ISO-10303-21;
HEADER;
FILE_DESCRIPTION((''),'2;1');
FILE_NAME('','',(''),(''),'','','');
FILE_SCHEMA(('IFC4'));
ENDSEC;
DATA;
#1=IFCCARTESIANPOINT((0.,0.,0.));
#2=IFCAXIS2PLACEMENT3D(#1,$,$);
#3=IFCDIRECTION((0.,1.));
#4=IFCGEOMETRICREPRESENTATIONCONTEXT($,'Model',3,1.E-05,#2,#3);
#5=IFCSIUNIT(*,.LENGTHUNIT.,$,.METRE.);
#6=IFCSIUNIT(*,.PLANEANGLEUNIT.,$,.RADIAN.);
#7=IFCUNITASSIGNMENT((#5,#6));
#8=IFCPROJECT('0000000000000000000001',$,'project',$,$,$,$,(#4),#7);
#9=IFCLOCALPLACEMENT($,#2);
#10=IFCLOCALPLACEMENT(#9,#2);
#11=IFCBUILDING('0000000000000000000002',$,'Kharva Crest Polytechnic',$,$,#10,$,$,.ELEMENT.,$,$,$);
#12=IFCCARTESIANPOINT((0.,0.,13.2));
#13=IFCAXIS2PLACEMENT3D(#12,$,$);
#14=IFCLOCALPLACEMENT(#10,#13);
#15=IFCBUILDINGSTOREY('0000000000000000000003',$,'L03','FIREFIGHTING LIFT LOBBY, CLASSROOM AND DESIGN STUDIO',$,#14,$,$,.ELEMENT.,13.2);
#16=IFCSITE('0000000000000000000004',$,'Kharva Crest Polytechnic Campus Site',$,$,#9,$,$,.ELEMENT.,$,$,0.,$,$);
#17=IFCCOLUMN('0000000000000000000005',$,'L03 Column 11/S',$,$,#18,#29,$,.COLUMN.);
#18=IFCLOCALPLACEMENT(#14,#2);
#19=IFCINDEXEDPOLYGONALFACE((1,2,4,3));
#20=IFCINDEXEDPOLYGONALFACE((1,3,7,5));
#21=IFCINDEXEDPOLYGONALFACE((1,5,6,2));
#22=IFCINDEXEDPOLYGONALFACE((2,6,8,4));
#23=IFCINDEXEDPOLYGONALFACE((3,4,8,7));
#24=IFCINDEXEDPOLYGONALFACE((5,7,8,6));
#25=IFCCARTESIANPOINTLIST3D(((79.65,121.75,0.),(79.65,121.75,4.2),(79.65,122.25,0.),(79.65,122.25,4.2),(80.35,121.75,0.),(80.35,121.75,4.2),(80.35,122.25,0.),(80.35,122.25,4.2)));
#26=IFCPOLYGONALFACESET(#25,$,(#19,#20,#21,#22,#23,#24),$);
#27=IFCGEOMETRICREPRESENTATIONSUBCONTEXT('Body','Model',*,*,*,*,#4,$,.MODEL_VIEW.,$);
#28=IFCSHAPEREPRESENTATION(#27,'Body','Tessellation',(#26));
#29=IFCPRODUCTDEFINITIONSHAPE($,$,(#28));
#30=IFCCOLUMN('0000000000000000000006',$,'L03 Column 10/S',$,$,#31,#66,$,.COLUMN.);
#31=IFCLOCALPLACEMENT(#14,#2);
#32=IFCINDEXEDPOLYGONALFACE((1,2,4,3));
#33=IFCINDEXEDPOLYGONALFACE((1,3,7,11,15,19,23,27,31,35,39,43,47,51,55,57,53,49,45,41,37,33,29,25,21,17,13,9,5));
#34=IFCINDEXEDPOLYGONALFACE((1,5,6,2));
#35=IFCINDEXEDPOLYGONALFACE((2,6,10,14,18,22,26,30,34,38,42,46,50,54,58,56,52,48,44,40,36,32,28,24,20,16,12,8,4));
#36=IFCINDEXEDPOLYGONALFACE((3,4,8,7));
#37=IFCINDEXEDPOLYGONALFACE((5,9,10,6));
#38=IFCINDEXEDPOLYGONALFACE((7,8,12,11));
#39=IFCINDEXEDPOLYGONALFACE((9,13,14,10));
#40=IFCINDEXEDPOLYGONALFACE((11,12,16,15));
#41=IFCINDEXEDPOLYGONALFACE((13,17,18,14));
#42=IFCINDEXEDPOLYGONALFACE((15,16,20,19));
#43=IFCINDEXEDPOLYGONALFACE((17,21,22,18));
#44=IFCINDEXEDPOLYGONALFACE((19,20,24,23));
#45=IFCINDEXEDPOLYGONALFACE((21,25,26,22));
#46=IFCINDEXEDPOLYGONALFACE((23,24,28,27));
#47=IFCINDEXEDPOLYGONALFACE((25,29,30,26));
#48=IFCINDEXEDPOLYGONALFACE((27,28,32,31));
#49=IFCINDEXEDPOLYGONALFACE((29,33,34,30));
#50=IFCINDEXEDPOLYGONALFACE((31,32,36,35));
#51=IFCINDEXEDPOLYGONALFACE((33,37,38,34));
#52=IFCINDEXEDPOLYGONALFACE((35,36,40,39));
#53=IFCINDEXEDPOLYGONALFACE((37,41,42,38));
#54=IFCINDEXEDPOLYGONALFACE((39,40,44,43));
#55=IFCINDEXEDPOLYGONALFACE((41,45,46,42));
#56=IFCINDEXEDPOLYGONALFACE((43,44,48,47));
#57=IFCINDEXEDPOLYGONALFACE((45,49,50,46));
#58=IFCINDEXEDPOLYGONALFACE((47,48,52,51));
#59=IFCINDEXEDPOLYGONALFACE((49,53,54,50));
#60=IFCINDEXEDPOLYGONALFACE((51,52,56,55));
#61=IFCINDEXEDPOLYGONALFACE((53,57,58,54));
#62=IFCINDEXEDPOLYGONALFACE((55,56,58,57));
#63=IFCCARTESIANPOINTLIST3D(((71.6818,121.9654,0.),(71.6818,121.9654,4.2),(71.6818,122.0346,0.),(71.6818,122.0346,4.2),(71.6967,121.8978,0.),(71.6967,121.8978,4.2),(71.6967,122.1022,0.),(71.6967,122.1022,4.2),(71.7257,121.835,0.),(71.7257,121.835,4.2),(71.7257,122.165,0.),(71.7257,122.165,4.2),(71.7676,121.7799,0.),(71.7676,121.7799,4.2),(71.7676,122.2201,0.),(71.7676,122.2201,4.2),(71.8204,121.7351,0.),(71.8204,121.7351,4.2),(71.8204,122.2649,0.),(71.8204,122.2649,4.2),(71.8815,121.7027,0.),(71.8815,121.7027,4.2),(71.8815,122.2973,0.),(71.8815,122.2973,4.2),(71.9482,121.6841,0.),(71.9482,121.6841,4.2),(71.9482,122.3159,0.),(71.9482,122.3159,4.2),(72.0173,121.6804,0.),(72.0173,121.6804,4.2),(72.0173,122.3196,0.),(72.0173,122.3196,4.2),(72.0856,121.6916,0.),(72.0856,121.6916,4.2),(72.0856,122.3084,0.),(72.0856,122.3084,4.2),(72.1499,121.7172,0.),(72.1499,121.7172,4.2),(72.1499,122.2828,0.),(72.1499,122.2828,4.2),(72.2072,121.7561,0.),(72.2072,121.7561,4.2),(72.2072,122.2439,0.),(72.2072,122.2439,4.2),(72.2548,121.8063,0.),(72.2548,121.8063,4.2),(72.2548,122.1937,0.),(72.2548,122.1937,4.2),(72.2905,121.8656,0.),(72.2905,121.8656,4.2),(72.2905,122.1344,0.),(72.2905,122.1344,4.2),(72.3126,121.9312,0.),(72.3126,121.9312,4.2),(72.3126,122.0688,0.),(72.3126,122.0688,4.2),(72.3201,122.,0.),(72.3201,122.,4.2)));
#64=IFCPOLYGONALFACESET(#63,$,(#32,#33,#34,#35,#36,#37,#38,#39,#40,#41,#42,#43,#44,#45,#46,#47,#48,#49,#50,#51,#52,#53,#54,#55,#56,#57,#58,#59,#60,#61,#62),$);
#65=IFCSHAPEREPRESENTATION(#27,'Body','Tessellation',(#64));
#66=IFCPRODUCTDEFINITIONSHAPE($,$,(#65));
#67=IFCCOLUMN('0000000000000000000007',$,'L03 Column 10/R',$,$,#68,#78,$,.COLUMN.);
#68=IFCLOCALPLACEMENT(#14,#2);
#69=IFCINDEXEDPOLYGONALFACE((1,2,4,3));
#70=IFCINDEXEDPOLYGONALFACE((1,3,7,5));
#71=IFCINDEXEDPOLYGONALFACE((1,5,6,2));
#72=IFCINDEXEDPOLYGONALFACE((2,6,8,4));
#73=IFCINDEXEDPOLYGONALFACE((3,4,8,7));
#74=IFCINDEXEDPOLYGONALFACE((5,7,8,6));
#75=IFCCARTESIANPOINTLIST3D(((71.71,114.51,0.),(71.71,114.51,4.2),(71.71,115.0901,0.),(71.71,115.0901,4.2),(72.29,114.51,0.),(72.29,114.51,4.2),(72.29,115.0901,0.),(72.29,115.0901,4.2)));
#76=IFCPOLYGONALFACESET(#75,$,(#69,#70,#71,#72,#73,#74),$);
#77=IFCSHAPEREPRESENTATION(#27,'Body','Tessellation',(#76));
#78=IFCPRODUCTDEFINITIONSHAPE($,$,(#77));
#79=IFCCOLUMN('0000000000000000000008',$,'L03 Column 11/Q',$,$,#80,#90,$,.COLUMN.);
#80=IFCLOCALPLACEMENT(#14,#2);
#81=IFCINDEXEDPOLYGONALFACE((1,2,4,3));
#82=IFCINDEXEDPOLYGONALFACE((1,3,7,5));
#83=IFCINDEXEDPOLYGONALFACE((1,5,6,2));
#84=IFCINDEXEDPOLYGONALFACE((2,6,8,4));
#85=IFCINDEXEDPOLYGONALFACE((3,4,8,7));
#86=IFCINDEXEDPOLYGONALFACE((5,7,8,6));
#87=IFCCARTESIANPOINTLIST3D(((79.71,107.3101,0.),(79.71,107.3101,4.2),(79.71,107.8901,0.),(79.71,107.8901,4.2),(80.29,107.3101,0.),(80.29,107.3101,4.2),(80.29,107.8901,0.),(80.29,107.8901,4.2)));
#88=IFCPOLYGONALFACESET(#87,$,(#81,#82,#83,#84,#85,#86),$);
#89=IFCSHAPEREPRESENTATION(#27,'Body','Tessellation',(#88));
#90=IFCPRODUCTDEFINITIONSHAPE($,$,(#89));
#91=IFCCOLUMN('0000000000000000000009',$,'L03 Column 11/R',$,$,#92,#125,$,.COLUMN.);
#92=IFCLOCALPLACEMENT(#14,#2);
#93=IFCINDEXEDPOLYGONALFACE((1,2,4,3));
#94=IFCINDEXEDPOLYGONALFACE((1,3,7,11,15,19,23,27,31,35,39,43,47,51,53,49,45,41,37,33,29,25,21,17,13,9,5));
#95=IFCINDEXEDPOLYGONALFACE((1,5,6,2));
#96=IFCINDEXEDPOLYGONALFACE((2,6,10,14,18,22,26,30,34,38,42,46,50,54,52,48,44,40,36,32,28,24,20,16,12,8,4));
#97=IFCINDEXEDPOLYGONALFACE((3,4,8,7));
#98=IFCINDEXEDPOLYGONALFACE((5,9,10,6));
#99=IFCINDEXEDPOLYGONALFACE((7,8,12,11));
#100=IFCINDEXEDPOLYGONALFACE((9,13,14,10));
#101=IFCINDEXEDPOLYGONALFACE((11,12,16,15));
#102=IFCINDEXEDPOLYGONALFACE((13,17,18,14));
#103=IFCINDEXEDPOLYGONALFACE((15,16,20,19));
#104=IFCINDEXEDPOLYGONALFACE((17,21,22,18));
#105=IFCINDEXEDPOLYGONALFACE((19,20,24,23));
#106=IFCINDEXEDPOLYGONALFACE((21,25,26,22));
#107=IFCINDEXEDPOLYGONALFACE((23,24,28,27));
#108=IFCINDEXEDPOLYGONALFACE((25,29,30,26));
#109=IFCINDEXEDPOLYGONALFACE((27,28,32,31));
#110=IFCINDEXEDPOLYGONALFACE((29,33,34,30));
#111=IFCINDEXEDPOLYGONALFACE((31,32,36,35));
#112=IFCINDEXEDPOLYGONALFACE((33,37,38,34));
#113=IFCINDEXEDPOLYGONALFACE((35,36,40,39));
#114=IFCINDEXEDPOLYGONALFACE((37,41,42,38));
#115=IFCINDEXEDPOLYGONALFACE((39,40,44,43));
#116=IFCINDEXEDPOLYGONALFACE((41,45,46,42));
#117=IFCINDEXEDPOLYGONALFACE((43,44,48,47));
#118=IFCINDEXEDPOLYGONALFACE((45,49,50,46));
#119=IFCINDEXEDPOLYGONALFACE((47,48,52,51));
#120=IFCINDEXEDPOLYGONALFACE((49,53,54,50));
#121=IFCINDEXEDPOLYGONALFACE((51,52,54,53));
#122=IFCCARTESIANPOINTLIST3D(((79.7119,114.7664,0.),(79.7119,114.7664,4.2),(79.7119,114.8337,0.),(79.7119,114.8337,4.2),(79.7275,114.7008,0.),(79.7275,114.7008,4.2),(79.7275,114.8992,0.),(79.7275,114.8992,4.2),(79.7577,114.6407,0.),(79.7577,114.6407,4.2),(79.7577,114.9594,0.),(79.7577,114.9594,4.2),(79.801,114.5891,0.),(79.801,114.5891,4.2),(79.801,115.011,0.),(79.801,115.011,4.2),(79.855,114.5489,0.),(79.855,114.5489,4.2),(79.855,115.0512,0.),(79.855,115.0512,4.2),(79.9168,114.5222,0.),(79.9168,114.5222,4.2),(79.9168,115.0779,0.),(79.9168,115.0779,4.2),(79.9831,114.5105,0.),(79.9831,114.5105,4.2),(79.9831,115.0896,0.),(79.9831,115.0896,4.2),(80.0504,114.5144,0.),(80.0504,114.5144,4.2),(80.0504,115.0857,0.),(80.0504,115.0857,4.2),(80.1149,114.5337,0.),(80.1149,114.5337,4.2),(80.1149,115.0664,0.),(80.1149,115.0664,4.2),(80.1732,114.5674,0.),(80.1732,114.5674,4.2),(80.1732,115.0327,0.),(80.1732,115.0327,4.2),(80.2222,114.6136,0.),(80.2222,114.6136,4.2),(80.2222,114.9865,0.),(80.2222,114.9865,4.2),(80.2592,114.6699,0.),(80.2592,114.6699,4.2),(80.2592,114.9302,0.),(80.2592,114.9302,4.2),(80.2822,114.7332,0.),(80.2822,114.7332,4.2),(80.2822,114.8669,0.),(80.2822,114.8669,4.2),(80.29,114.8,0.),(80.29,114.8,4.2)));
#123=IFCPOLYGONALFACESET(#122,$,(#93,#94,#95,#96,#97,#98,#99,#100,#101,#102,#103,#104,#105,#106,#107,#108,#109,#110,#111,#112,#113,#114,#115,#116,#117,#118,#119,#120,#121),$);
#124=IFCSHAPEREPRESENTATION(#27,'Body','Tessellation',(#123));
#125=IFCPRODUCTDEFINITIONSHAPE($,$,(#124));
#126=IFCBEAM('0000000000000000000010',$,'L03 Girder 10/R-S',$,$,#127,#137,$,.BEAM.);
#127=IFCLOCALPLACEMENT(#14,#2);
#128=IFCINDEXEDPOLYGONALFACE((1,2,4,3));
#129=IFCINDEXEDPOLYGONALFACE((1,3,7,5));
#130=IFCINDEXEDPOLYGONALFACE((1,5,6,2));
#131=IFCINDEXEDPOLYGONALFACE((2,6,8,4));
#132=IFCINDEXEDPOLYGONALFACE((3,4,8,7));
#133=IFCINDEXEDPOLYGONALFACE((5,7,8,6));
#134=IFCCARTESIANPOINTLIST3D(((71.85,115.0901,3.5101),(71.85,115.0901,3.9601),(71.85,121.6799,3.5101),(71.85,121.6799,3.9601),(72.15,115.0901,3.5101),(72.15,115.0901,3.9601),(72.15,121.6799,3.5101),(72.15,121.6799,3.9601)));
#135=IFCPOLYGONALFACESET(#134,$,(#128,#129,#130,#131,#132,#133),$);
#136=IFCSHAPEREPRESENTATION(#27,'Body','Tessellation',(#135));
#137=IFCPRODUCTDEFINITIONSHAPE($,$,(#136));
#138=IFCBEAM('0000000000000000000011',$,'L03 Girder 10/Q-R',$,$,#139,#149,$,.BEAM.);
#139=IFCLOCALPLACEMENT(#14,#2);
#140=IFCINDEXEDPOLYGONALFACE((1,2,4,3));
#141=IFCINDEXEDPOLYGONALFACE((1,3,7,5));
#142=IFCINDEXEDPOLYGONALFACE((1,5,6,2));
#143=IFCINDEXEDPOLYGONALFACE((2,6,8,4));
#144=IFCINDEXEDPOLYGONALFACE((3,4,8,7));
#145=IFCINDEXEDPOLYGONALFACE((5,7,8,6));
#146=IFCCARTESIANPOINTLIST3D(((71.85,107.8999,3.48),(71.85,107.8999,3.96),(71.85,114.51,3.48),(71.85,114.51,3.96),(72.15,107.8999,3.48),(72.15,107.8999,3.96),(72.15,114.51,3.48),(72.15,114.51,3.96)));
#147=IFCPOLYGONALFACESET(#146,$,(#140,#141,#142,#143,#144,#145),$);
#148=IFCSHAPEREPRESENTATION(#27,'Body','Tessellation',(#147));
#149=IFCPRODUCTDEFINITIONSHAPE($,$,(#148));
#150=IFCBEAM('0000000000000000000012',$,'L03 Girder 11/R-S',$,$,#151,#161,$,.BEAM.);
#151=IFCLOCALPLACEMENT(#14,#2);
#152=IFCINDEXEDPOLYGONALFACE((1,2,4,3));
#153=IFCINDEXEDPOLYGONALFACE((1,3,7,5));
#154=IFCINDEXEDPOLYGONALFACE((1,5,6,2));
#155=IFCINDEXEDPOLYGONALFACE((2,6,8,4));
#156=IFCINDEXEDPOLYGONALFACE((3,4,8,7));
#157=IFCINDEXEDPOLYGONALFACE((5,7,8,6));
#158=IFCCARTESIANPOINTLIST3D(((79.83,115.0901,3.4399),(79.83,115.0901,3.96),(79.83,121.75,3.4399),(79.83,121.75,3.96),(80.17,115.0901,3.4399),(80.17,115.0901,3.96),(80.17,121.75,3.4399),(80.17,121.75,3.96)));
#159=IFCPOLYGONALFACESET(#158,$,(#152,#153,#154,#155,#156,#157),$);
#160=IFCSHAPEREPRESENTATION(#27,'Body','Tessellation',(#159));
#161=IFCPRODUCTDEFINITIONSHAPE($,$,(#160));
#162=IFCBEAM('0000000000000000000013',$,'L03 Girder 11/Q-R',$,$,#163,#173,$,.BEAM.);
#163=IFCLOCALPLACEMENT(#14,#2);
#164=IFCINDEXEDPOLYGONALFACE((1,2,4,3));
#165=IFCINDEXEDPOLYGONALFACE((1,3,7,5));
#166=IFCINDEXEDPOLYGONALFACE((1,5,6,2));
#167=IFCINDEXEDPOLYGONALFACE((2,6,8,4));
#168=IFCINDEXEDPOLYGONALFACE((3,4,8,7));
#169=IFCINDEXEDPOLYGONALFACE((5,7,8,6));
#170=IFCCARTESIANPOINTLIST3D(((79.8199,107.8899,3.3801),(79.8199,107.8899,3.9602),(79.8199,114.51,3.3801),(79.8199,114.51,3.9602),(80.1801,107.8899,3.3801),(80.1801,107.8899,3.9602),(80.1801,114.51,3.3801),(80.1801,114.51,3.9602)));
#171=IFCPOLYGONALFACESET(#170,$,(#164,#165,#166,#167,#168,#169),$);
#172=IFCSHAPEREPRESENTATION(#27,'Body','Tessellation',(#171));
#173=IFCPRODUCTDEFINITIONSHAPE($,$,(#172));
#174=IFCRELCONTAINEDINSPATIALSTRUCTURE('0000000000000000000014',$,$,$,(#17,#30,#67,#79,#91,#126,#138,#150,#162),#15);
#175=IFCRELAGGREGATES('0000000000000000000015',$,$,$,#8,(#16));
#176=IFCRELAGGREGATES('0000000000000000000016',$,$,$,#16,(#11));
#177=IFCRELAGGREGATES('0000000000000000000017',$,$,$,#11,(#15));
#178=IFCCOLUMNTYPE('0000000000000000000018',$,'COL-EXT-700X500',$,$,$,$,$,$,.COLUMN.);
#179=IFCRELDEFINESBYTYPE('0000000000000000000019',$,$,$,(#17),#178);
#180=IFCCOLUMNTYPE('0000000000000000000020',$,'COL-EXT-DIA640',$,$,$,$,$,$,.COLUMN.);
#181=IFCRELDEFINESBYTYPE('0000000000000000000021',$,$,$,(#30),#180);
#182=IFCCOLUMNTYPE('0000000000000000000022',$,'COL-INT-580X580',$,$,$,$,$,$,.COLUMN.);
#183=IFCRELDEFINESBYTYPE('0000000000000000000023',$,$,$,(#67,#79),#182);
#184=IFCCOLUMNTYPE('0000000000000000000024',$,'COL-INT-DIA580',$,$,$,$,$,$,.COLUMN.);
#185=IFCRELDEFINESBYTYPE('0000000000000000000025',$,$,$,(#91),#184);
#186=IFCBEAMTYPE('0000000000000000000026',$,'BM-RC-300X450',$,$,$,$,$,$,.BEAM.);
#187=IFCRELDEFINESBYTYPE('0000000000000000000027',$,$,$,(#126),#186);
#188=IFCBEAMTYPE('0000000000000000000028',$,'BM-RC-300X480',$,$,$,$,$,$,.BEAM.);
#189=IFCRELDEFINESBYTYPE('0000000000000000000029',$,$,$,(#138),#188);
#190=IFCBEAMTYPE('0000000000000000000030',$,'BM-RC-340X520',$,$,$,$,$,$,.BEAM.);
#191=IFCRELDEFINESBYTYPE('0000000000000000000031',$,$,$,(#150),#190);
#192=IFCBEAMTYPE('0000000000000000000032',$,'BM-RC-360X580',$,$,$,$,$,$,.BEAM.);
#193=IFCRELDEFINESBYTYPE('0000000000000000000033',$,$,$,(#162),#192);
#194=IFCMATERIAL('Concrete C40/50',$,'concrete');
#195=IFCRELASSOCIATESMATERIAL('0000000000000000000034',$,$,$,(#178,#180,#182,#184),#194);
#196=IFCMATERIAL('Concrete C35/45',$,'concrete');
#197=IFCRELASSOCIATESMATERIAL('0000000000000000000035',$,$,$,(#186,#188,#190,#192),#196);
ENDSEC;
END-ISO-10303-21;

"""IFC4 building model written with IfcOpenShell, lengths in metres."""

from ifc_helpers import new_model, si_unit, direction, frame, origin, origin_2d, place, context, subcontext, project, spatial, rectangle, circle, extrude, material, material_profile, profile_set, type_object, element, save


model = new_model("IFC4")

# Units and contexts
model_context = context("Model", 3, precision=1e-05, world=origin(), true_north=direction((0.0, 1.0)))
body_context = subcontext(model_context, "Body", "Model", "MODEL_VIEW")
ifc_project = project(units=[si_unit("LENGTHUNIT", "METRE"), si_unit("PLANEANGLEUNIT", "RADIAN")], contexts=[model_context])

# Site, building, storey
site_placement = place(None, origin())
site = spatial("IfcSite", under=ifc_project, at=site_placement, Name="Kharva Crest Polytechnic Campus Site", CompositionType="ELEMENT", RefElevation=0.0)
building_placement = place(site_placement, origin())
building = spatial("IfcBuilding", under=site, at=building_placement, Name="Kharva Crest Polytechnic", CompositionType="ELEMENT")
storey_placement = place(building_placement, frame((0.0, 0.0, 13.2)))
storey = spatial("IfcBuildingStorey", under=building, at=storey_placement, Name="L03", Description="FIREFIGHTING LIFT LOBBY, CLASSROOM AND DESIGN STUDIO", CompositionType="ELEMENT", Elevation=13.2)

# Columns
ifc_material_1 = material(Name="Concrete C40/50", Category="concrete")
ifc_material_profile_1 = material_profile(ifc_material_1, rectangle(XDim=0.7, YDim=0.5, at=origin_2d()), Name="RECT 700 X 500")
ifc_profile_set_1 = profile_set([ifc_material_profile_1], Name="Concrete C40/50")
column_type_1 = type_object("IfcColumnType", Name="COL-EXT-700X500", PredefinedType="COLUMN", material=ifc_profile_set_1)
column_1_placement = place(storey_placement, frame((80.0, 122.0, 0.0), z_axis=(0.0, 0.0, 1.0), x_axis=(1.0, 0.0, 0.0)))
element("IfcColumn", 1, at=column_1_placement, inside=storey, type_object=column_type_1, Name="L03 Column 11/S", PredefinedType="COLUMN", context=body_context, shape_type="SweptSolid", body=[
    extrude(rectangle(XDim=0.7, YDim=0.5, at=origin_2d()), origin(), (0.0, 0.0, 1.0), 4.2),
])
ifc_material_profile_2 = material_profile(ifc_material_1, circle(Radius=0.3201, at=origin_2d()), Name="DIA 640")
ifc_profile_set_2 = profile_set([ifc_material_profile_2], Name="Concrete C40/50")
column_type_2 = type_object("IfcColumnType", Name="COL-EXT-DIA640", PredefinedType="COLUMN", material=ifc_profile_set_2)
column_2_placement = place(storey_placement, frame((72.0, 122.0, 0.0), z_axis=(0.0, 0.0, 1.0), x_axis=(1.0, 0.0, 0.0)))
element("IfcColumn", 2, at=column_2_placement, inside=storey, type_object=column_type_2, Name="L03 Column 10/S", PredefinedType="COLUMN", context=body_context, shape_type="SweptSolid", body=[
    extrude(circle(Radius=0.3201, at=origin_2d()), origin(), (0.0, 0.0, 1.0), 4.2),
])
ifc_material_profile_3 = material_profile(ifc_material_1, rectangle(XDim=0.5801, YDim=0.5801, at=origin_2d()), Name="RECT 580 X 580")
ifc_profile_set_3 = profile_set([ifc_material_profile_3], Name="Concrete C40/50")
column_type_3 = type_object("IfcColumnType", Name="COL-INT-580X580", PredefinedType="COLUMN", material=ifc_profile_set_3)
for number, where, z_axis, x_axis, name in (
    (3, (72.0, 114.8, 0.0), (0.0, 0.0, 1.0), (1.0, 0.0, 0.0), "L03 Column 10/R"),
    (4, (80.0, 107.6001, 0.0), (0.0, 0.0, 1.0), (1.0, 0.0, 0.0), "L03 Column 11/Q"),
):
    element("IfcColumn", number, at=place(storey_placement, frame(where, z_axis=z_axis, x_axis=x_axis)), inside=storey, type_object=column_type_3, Name=name, PredefinedType="COLUMN", context=body_context, shape_type="SweptSolid", body=[
        extrude(rectangle(XDim=0.5801, YDim=0.5801, at=origin_2d()), origin(), (0.0, 0.0, 1.0), 4.2),
    ])
ifc_material_profile_4 = material_profile(ifc_material_1, circle(Radius=0.29, at=origin_2d()), Name="DIA 580")
ifc_profile_set_4 = profile_set([ifc_material_profile_4], Name="Concrete C40/50")
column_type_4 = type_object("IfcColumnType", Name="COL-INT-DIA580", PredefinedType="COLUMN", material=ifc_profile_set_4)
column_3_placement = place(storey_placement, frame((80.0, 114.8, 0.0), z_axis=(0.0, 0.0, 1.0), x_axis=(1.0, 0.0, 0.0)))
element("IfcColumn", 5, at=column_3_placement, inside=storey, type_object=column_type_4, Name="L03 Column 11/R", PredefinedType="COLUMN", context=body_context, shape_type="SweptSolid", body=[
    extrude(circle(Radius=0.29, at=origin_2d()), origin(), (0.0, 0.0, 1.0), 4.2),
])

# Beams
ifc_material_2 = material(Name="Concrete C35/45", Category="concrete")
ifc_material_profile_5 = material_profile(ifc_material_2, rectangle(XDim=0.3, YDim=0.45, at=origin_2d()), Name="RECT 300 X 450")
ifc_profile_set_5 = profile_set([ifc_material_profile_5], Name="Concrete C35/45")
beam_type_1 = type_object("IfcBeamType", Name="BM-RC-300X450", PredefinedType="BEAM", material=ifc_profile_set_5)
beam_1_placement = place(storey_placement, frame((72.0, 115.0901, 3.7351), z_axis=(0.0, 1.0, 0.0), x_axis=(-1.0, 0.0, 0.0)))
element("IfcBeam", 6, at=beam_1_placement, inside=storey, type_object=beam_type_1, Name="L03 Girder 10/R-S", PredefinedType="BEAM", context=body_context, shape_type="SweptSolid", body=[
    extrude(rectangle(XDim=0.3, YDim=0.45, at=origin_2d()), origin(), (0.0, 0.0, 1.0), 6.5898),
])
ifc_material_profile_6 = material_profile(ifc_material_2, rectangle(XDim=0.3, YDim=0.48, at=origin_2d()), Name="RECT 300 X 480")
ifc_profile_set_6 = profile_set([ifc_material_profile_6], Name="Concrete C35/45")
beam_type_2 = type_object("IfcBeamType", Name="BM-RC-300X480", PredefinedType="BEAM", material=ifc_profile_set_6)
beam_2_placement = place(storey_placement, frame((72.0, 107.8999, 3.72), z_axis=(0.0, 1.0, 0.0), x_axis=(-1.0, 0.0, 0.0)))
element("IfcBeam", 7, at=beam_2_placement, inside=storey, type_object=beam_type_2, Name="L03 Girder 10/Q-R", PredefinedType="BEAM", context=body_context, shape_type="SweptSolid", body=[
    extrude(rectangle(XDim=0.3, YDim=0.48, at=origin_2d()), origin(), (0.0, 0.0, 1.0), 6.6101),
])
ifc_material_profile_7 = material_profile(ifc_material_2, rectangle(XDim=0.3401, YDim=0.52, at=origin_2d()), Name="RECT 340 X 520")
ifc_profile_set_7 = profile_set([ifc_material_profile_7], Name="Concrete C35/45")
beam_type_3 = type_object("IfcBeamType", Name="BM-RC-340X520", PredefinedType="BEAM", material=ifc_profile_set_7)
beam_3_placement = place(storey_placement, frame((80.0, 115.0901, 3.7), z_axis=(0.0, 1.0, 0.0), x_axis=(-1.0, 0.0, 0.0)))
element("IfcBeam", 8, at=beam_3_placement, inside=storey, type_object=beam_type_3, Name="L03 Girder 11/R-S", PredefinedType="BEAM", context=body_context, shape_type="SweptSolid", body=[
    extrude(rectangle(XDim=0.3401, YDim=0.52, at=origin_2d()), origin(), (0.0, 0.0, 1.0), 6.6599),
])
ifc_material_profile_8 = material_profile(ifc_material_2, rectangle(XDim=0.3601, YDim=0.5801, at=origin_2d()), Name="RECT 360 X 580")
ifc_profile_set_8 = profile_set([ifc_material_profile_8], Name="Concrete C35/45")
beam_type_4 = type_object("IfcBeamType", Name="BM-RC-360X580", PredefinedType="BEAM", material=ifc_profile_set_8)
beam_4_placement = place(storey_placement, frame((80.0, 107.8899, 3.6702), z_axis=(0.0, 1.0, 0.0), x_axis=(-1.0, 0.0, 0.0)))
element("IfcBeam", 9, at=beam_4_placement, inside=storey, type_object=beam_type_4, Name="L03 Girder 11/Q-R", PredefinedType="BEAM", context=body_context, shape_type="SweptSolid", body=[
    extrude(rectangle(XDim=0.3601, YDim=0.5801, at=origin_2d()), origin(), (0.0, 0.0, 1.0), 6.6201),
])

save(model, "model.ifc")
